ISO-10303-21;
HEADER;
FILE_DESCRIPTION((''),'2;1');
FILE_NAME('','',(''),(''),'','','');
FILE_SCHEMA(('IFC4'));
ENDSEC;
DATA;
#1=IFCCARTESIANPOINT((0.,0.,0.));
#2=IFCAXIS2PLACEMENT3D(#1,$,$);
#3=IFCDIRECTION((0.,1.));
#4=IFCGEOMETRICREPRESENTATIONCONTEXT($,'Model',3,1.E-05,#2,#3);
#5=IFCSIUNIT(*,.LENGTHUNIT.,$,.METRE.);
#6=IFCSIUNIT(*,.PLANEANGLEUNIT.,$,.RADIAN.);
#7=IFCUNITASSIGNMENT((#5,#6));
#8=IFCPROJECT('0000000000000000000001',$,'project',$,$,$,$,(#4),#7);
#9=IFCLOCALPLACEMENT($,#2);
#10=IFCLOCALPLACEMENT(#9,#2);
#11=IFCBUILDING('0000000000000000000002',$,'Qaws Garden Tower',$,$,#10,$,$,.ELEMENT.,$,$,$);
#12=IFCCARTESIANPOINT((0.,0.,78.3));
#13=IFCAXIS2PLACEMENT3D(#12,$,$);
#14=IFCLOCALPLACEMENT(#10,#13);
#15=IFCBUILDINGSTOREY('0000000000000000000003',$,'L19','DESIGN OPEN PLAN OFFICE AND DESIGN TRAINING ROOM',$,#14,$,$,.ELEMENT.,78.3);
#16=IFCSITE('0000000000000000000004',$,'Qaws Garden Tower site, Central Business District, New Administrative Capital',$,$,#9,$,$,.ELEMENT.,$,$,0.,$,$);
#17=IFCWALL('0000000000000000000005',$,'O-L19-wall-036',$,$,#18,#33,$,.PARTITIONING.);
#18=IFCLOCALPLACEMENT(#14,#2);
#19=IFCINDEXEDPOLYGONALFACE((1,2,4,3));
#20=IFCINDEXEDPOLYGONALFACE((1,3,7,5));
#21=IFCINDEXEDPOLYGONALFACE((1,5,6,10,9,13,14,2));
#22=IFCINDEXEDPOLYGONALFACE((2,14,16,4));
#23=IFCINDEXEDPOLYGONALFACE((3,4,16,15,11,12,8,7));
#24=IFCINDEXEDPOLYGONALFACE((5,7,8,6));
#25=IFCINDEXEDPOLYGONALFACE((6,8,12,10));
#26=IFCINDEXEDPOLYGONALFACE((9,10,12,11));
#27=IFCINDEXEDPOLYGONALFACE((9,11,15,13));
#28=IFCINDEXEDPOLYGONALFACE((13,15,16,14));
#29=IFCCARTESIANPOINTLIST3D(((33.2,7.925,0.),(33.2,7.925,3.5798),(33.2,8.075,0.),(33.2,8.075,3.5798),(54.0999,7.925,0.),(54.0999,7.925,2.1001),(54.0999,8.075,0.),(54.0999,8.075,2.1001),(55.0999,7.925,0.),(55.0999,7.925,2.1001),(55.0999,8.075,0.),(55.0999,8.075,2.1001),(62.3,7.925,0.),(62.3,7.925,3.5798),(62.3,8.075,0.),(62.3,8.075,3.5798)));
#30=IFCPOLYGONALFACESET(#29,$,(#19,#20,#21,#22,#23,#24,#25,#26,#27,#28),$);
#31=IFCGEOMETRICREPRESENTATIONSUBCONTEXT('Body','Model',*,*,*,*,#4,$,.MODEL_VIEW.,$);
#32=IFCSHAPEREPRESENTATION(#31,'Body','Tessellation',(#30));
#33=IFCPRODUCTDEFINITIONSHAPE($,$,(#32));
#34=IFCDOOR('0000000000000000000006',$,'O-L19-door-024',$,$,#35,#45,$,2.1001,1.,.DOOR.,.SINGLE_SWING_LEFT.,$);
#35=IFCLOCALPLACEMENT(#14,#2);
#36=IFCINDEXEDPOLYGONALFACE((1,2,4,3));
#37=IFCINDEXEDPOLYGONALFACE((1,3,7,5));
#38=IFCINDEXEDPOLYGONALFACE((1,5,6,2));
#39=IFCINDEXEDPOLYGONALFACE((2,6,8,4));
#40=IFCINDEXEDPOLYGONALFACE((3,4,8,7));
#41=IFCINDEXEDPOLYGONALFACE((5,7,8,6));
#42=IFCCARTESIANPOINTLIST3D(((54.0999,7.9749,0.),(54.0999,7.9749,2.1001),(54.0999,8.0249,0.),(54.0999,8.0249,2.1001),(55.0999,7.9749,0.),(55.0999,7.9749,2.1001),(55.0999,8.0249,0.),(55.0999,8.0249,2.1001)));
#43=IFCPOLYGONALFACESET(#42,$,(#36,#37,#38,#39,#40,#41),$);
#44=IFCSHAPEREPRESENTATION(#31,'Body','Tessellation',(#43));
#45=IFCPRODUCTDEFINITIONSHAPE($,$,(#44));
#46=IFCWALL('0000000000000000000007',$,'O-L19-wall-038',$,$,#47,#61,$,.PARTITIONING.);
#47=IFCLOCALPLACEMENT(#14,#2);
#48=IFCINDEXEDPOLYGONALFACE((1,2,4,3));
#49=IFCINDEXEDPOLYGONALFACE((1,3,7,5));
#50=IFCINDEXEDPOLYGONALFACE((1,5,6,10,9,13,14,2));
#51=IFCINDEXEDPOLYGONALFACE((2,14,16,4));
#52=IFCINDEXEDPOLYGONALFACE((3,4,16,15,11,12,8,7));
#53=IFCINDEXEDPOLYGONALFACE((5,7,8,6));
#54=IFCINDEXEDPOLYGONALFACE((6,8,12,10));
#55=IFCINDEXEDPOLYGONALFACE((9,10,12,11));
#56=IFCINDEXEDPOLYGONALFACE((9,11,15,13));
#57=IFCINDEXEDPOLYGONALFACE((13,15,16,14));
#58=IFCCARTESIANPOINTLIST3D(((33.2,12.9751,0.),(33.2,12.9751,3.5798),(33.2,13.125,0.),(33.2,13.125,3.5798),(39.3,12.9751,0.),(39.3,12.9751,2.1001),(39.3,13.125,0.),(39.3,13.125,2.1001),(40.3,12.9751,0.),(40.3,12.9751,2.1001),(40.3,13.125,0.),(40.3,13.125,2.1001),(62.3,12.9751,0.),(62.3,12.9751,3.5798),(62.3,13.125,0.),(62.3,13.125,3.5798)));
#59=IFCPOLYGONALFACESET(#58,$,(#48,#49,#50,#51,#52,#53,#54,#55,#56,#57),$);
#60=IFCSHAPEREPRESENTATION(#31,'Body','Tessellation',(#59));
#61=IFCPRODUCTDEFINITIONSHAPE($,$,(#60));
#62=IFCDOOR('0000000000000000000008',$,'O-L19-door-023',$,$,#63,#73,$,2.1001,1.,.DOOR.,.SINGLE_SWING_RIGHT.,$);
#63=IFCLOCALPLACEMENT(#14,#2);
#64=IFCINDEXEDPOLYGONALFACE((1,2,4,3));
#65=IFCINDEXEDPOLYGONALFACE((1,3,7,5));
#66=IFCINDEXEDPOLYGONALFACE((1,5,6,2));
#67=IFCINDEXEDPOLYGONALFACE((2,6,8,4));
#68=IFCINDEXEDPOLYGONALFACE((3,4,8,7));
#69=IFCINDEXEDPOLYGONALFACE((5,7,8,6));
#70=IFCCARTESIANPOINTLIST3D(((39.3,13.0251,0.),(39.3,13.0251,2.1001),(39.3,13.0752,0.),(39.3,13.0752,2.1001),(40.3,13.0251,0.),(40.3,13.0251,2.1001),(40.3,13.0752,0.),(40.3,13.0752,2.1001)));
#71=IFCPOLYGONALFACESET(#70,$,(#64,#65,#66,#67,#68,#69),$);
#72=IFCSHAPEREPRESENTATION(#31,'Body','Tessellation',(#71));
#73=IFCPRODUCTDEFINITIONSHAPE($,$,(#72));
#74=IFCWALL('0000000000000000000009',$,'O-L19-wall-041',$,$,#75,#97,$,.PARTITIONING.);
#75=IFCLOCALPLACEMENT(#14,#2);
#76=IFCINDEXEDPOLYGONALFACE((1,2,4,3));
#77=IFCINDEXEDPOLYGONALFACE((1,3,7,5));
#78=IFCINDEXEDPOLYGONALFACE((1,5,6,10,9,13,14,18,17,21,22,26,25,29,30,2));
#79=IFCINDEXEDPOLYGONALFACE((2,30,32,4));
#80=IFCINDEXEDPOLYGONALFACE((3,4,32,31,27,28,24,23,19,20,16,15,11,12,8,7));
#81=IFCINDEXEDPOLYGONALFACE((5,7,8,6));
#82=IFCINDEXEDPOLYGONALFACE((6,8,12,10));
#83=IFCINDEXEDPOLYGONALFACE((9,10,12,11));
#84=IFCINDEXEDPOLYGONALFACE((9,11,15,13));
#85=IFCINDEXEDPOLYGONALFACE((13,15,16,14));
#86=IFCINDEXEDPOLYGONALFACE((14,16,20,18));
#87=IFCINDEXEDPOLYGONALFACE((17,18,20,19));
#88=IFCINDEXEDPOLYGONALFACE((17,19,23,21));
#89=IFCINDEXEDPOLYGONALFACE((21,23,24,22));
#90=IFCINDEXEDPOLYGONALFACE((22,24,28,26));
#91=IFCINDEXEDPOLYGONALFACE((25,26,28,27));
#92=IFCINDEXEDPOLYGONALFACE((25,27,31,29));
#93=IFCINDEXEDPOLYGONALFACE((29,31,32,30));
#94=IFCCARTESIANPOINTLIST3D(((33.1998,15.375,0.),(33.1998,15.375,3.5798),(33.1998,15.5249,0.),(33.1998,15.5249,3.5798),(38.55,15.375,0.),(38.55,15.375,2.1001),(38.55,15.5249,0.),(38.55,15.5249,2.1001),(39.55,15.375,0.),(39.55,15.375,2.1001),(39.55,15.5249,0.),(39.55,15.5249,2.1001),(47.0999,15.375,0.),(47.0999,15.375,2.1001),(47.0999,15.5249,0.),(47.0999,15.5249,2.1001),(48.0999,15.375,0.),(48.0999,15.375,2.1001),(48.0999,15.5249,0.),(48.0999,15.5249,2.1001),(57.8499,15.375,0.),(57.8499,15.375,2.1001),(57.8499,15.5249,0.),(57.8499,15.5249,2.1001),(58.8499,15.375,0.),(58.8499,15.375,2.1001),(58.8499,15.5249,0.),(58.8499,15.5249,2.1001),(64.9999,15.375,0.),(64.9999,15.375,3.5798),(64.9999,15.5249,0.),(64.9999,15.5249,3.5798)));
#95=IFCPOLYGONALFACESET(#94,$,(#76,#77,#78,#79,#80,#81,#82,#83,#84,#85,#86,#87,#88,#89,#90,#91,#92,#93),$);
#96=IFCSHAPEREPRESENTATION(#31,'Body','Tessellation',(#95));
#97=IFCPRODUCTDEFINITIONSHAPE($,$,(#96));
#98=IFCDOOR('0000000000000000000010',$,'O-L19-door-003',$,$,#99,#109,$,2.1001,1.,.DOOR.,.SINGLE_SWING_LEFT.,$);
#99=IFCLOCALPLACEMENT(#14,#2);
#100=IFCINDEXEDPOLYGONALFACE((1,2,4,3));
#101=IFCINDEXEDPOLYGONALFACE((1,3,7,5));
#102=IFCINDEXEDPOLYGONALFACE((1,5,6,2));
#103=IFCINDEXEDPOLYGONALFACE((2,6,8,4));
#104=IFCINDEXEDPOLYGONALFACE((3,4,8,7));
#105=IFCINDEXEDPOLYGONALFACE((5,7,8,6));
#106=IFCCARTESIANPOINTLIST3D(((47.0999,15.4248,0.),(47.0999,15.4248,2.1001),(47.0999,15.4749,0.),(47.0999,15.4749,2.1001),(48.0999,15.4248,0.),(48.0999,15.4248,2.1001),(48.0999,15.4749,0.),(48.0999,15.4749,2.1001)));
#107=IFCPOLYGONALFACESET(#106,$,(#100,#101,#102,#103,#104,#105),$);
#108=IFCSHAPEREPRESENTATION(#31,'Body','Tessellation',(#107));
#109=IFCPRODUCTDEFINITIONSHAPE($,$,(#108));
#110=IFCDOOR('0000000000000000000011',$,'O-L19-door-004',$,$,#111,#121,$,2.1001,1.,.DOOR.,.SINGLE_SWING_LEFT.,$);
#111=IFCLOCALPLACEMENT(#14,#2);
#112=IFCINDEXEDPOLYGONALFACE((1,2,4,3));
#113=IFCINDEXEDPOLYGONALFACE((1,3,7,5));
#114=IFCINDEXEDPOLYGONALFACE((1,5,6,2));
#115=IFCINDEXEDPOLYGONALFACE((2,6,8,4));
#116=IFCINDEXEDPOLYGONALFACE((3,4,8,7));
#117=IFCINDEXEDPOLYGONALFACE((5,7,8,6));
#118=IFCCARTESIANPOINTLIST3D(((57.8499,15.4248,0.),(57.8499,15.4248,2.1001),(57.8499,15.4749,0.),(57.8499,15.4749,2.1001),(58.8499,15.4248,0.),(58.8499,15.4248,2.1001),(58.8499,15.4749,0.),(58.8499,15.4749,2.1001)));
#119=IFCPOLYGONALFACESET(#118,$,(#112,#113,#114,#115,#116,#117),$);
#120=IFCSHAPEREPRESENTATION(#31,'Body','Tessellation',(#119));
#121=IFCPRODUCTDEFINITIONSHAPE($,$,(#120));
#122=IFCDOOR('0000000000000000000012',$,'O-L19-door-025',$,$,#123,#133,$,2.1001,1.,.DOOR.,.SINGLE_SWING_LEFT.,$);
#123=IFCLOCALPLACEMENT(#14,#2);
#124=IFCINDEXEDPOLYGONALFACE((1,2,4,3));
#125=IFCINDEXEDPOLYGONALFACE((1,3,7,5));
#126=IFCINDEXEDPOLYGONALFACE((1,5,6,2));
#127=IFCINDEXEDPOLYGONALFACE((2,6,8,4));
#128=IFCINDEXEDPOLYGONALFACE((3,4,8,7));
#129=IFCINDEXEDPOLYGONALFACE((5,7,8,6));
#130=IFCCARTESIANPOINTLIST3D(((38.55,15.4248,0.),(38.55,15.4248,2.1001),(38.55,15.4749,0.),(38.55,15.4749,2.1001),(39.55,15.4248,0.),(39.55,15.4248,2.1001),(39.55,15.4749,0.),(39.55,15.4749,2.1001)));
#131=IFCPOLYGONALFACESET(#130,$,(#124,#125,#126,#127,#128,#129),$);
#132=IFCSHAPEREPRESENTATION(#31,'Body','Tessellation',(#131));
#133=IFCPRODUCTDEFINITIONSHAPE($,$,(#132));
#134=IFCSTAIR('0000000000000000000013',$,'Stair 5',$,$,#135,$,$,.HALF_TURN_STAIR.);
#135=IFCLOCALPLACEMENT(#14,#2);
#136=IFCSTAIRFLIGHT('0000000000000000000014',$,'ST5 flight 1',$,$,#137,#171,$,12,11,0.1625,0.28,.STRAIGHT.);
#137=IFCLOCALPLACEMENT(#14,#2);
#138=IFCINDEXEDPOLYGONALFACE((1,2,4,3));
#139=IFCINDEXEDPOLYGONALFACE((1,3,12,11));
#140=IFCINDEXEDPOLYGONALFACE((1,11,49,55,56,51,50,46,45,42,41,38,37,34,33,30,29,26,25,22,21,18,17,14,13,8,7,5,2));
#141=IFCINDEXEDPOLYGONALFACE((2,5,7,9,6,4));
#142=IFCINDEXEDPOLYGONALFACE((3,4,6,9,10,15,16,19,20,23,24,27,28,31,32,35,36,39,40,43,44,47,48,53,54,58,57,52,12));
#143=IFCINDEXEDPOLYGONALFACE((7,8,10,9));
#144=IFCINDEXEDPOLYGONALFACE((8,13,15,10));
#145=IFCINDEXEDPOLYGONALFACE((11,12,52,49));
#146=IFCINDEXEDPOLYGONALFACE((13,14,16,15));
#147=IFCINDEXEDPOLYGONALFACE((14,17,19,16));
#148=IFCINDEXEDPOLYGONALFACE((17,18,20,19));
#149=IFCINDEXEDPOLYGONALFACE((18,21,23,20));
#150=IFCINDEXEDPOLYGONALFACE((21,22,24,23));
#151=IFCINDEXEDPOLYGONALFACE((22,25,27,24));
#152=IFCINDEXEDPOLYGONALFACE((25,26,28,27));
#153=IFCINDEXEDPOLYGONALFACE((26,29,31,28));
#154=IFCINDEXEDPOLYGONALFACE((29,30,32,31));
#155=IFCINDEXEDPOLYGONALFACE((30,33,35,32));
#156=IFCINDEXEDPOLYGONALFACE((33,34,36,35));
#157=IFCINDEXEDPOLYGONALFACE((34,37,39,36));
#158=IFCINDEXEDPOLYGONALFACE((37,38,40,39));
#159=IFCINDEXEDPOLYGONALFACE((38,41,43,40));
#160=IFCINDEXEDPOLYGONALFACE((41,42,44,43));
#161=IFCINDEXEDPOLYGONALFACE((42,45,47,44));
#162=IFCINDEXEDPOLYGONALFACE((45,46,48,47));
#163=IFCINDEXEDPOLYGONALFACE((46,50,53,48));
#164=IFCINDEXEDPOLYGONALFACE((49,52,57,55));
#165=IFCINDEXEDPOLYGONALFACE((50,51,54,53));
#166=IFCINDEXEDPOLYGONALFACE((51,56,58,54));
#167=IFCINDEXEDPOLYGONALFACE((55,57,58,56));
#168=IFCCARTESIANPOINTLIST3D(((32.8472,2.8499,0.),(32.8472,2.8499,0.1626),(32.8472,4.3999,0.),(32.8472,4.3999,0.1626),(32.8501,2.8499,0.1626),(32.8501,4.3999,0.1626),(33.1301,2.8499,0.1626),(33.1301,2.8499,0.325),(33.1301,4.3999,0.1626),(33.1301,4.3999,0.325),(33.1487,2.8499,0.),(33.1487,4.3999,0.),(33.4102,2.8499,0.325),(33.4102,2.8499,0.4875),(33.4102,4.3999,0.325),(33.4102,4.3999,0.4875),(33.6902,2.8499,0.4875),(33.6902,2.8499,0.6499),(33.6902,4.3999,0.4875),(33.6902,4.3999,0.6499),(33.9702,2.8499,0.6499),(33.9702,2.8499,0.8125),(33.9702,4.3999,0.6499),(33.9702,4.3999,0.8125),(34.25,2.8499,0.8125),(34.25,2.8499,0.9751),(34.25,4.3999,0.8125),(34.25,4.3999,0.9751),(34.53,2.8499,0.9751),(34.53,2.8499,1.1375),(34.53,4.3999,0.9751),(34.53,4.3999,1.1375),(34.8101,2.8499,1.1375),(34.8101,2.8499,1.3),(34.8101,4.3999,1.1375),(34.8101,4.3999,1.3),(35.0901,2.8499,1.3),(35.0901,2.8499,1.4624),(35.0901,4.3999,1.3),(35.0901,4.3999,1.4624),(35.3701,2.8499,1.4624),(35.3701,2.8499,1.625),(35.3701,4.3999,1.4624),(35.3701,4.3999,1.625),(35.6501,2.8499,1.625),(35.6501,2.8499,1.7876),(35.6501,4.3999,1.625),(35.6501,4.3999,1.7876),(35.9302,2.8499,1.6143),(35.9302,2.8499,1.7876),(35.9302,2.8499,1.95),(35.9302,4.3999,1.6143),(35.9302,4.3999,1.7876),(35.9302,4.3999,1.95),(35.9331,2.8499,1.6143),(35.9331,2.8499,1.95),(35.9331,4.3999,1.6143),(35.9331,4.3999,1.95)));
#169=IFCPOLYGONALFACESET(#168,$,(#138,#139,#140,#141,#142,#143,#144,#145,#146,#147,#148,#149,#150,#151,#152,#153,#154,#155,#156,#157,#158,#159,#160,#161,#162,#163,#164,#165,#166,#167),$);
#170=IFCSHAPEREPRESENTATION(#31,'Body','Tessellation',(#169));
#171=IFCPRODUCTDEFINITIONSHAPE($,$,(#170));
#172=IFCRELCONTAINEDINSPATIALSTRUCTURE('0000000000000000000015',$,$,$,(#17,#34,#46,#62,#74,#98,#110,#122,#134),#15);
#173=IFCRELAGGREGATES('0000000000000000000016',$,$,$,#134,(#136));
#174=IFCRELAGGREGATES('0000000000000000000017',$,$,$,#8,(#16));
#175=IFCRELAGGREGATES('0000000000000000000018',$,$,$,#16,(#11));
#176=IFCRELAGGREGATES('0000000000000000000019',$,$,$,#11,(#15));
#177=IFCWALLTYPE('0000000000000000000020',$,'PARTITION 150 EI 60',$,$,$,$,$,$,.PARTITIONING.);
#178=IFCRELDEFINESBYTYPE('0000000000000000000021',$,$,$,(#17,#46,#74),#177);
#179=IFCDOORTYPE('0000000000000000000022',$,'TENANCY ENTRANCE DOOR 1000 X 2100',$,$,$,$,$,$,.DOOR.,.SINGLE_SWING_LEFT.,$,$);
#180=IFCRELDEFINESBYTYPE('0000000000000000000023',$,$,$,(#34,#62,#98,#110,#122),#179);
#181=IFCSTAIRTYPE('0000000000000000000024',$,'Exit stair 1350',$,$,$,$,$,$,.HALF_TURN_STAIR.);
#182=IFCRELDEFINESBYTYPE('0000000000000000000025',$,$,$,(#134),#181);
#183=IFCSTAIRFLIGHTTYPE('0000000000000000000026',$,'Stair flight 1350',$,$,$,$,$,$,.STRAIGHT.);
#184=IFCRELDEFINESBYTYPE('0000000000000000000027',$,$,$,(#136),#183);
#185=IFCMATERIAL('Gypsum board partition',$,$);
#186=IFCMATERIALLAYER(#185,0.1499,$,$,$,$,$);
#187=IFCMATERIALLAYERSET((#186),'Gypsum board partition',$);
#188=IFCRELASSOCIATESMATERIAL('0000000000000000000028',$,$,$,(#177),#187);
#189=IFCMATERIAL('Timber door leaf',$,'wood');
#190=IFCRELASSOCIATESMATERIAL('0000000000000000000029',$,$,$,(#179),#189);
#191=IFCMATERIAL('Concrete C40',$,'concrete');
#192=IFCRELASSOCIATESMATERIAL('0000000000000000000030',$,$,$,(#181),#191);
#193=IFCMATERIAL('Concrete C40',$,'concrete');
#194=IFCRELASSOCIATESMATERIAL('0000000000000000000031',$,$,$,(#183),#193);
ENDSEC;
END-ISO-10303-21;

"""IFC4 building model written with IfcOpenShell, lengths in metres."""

from ifc_helpers import new_model, si_unit, direction, frame, frame_2d, origin, place, context, subcontext, project, spatial, polyline, rectangle, outline, extrude, material, layer, layer_set, type_object, element, fill, aggregate, save


model = new_model("IFC4")

# Units and contexts
model_context = context("Model", 3, precision=1e-05, world=origin(), true_north=direction((0.0, 1.0)))
body_context = subcontext(model_context, "Body", "Model", "MODEL_VIEW")
ifc_project = project(units=[si_unit("LENGTHUNIT", "METRE"), si_unit("PLANEANGLEUNIT", "RADIAN")], contexts=[model_context])

# Site, building, storey
site_placement = place(None, origin())
site = spatial("IfcSite", under=ifc_project, at=site_placement, Name="Qaws Garden Tower site, Central Business District, New Administrative Capital", CompositionType="ELEMENT", RefElevation=0.0)
building_placement = place(site_placement, origin())
building = spatial("IfcBuilding", under=site, at=building_placement, Name="Qaws Garden Tower", CompositionType="ELEMENT")
storey_placement = place(building_placement, frame((0.0, 0.0, 78.3)))
storey = spatial("IfcBuildingStorey", under=building, at=storey_placement, Name="L19", Description="DESIGN OPEN PLAN OFFICE AND DESIGN TRAINING ROOM", CompositionType="ELEMENT", Elevation=78.3)

# Shared definitions
ifc_material_1 = material(Name="Gypsum board partition")
ifc_layer_1 = layer(ifc_material_1, 0.1499)
ifc_layer_set_1 = layer_set([ifc_layer_1], Name="Gypsum board partition")
wall_type_1 = type_object("IfcWallType", Name="PARTITION 150 EI 60", PredefinedType="PARTITIONING", material=ifc_layer_set_1)

# Shared definitions
ifc_material_2 = material(Name="Timber door leaf", Category="wood")
door_type_1 = type_object("IfcDoorType", Name="TENANCY ENTRANCE DOOR 1000 X 2100", OperationType="SINGLE_SWING_LEFT", PredefinedType="DOOR", material=ifc_material_2)

# Walls, openings, doors
wall_1_placement = place(storey_placement, frame((33.2, 8.0, 0.0), z_axis=(0.0, 0.0, 1.0), x_axis=(1.0, 0.0, 0.0)))
wall_1 = element("IfcWall", 1, at=wall_1_placement, inside=storey, type_object=wall_type_1, Name="O-L19-wall-036", PredefinedType="PARTITIONING", context=body_context, shape_type="SweptSolid", body=[
    extrude(rectangle(XDim=29.1001, YDim=0.1499, at=frame_2d((14.55, 0.0))), origin(), (0.0, 0.0, 1.0), 3.5798),
])
opening_1_placement = place(wall_1_placement, frame((20.8999, 0.0, 0.0)))
opening_1 = element("IfcOpeningElement", 2, at=opening_1_placement, cuts=wall_1, PredefinedType="OPENING", context=body_context, shape_type="SweptSolid", body=[
    extrude(rectangle(XDim=1.0, YDim=2.1001, at=frame_2d((0.5, 1.05))), frame((0.0, 0.085, 0.0), z_axis=(0.0, -1.0, 0.0), x_axis=(1.0, 0.0, 0.0)), (0.0, 0.0, 1.0), 0.1699),
])
door_1_placement = place(opening_1_placement, origin())
door_1 = element("IfcDoor", 3, at=door_1_placement, inside=storey, type_object=door_type_1, Name="O-L19-door-024", OperationType="SINGLE_SWING_LEFT", OverallHeight=2.1001, OverallWidth=1.0, PredefinedType="DOOR", context=body_context, shape_type="SweptSolid", body=[
    extrude(rectangle(XDim=1.0, YDim=2.1001, at=frame_2d((0.5, 1.05))), frame((0.0, 0.0249, 0.0), z_axis=(0.0, -1.0, 0.0), x_axis=(1.0, 0.0, 0.0)), (0.0, 0.0, 1.0), 0.05),
])
fill(opening_1, door_1)
wall_2_placement = place(storey_placement, frame((33.2, 13.05, 0.0), z_axis=(0.0, 0.0, 1.0), x_axis=(1.0, 0.0, 0.0)))
wall_2 = element("IfcWall", 4, at=wall_2_placement, inside=storey, type_object=wall_type_1, Name="O-L19-wall-038", PredefinedType="PARTITIONING", context=body_context, shape_type="SweptSolid", body=[
    extrude(rectangle(XDim=29.1001, YDim=0.1499, at=frame_2d((14.55, 0.0))), origin(), (0.0, 0.0, 1.0), 3.5798),
])
opening_2_placement = place(wall_2_placement, frame((6.1001, 0.0, 0.0)))
opening_2 = element("IfcOpeningElement", 5, at=opening_2_placement, cuts=wall_2, PredefinedType="OPENING", context=body_context, shape_type="SweptSolid", body=[
    extrude(rectangle(XDim=1.0, YDim=2.1001, at=frame_2d((0.5, 1.05))), frame((0.0, 0.085, 0.0), z_axis=(0.0, -1.0, 0.0), x_axis=(1.0, 0.0, 0.0)), (0.0, 0.0, 1.0), 0.1699),
])
door_2_placement = place(opening_2_placement, frame((1.0, 0.0, 0.0), z_axis=(0.0, 0.0, 1.0), x_axis=(-1.0, 0.0, 0.0)))
door_2 = element("IfcDoor", 6, at=door_2_placement, inside=storey, type_object=door_type_1, Name="O-L19-door-023", OperationType="SINGLE_SWING_RIGHT", OverallHeight=2.1001, OverallWidth=1.0, PredefinedType="DOOR", context=body_context, shape_type="SweptSolid", body=[
    extrude(rectangle(XDim=1.0, YDim=2.1001, at=frame_2d((0.5, 1.05))), frame((0.0, 0.0249, 0.0), z_axis=(0.0, -1.0, 0.0), x_axis=(1.0, 0.0, 0.0)), (0.0, 0.0, 1.0), 0.05),
])
fill(opening_2, door_2)

# Wall, openings, doors
wall_3_placement = place(storey_placement, frame((33.2, 15.45, 0.0), z_axis=(0.0, 0.0, 1.0), x_axis=(1.0, 0.0, 0.0)))
wall_3 = element("IfcWall", 7, at=wall_3_placement, inside=storey, type_object=wall_type_1, Name="O-L19-wall-041", PredefinedType="PARTITIONING", context=body_context, shape_type="SweptSolid", body=[
    extrude(rectangle(XDim=31.8, YDim=0.1499, at=frame_2d((15.8999, 0.0))), origin(), (0.0, 0.0, 1.0), 3.5798),
])
opening_3_placement = place(wall_3_placement, frame((13.8999, 0.0, 0.0)))
opening_3 = element("IfcOpeningElement", 8, at=opening_3_placement, cuts=wall_3, PredefinedType="OPENING", context=body_context, shape_type="SweptSolid", body=[
    extrude(rectangle(XDim=1.0, YDim=2.1001, at=frame_2d((0.5, 1.05))), frame((0.0, 0.085, 0.0), z_axis=(0.0, -1.0, 0.0), x_axis=(1.0, 0.0, 0.0)), (0.0, 0.0, 1.0), 0.1699),
])
opening_4_placement = place(wall_3_placement, frame((24.6499, 0.0, 0.0)))
opening_4 = element("IfcOpeningElement", 9, at=opening_4_placement, cuts=wall_3, PredefinedType="OPENING", context=body_context, shape_type="SweptSolid", body=[
    extrude(rectangle(XDim=1.0, YDim=2.1001, at=frame_2d((0.5, 1.05))), frame((0.0, 0.085, 0.0), z_axis=(0.0, -1.0, 0.0), x_axis=(1.0, 0.0, 0.0)), (0.0, 0.0, 1.0), 0.1699),
])
opening_5_placement = place(wall_3_placement, frame((5.3501, 0.0, 0.0)))
opening_5 = element("IfcOpeningElement", 10, at=opening_5_placement, cuts=wall_3, PredefinedType="OPENING", context=body_context, shape_type="SweptSolid", body=[
    extrude(rectangle(XDim=1.0, YDim=2.1001, at=frame_2d((0.5, 1.05))), frame((0.0, 0.085, 0.0), z_axis=(0.0, -1.0, 0.0), x_axis=(1.0, 0.0, 0.0)), (0.0, 0.0, 1.0), 0.1699),
])
door_3_placement = place(opening_3_placement, origin())
door_3 = element("IfcDoor", 11, at=door_3_placement, inside=storey, type_object=door_type_1, Name="O-L19-door-003", OperationType="SINGLE_SWING_LEFT", OverallHeight=2.1001, OverallWidth=1.0, PredefinedType="DOOR", context=body_context, shape_type="SweptSolid", body=[
    extrude(rectangle(XDim=1.0, YDim=2.1001, at=frame_2d((0.5, 1.05))), frame((0.0, 0.0249, 0.0), z_axis=(0.0, -1.0, 0.0), x_axis=(1.0, 0.0, 0.0)), (0.0, 0.0, 1.0), 0.05),
])
fill(opening_3, door_3)
door_4_placement = place(opening_4_placement, origin())
door_4 = element("IfcDoor", 12, at=door_4_placement, inside=storey, type_object=door_type_1, Name="O-L19-door-004", OperationType="SINGLE_SWING_LEFT", OverallHeight=2.1001, OverallWidth=1.0, PredefinedType="DOOR", context=body_context, shape_type="SweptSolid", body=[
    extrude(rectangle(XDim=1.0, YDim=2.1001, at=frame_2d((0.5, 1.05))), frame((0.0, 0.0249, 0.0), z_axis=(0.0, -1.0, 0.0), x_axis=(1.0, 0.0, 0.0)), (0.0, 0.0, 1.0), 0.05),
])
fill(opening_4, door_4)
door_5_placement = place(opening_5_placement, origin())
door_5 = element("IfcDoor", 13, at=door_5_placement, inside=storey, type_object=door_type_1, Name="O-L19-door-025", OperationType="SINGLE_SWING_LEFT", OverallHeight=2.1001, OverallWidth=1.0, PredefinedType="DOOR", context=body_context, shape_type="SweptSolid", body=[
    extrude(rectangle(XDim=1.0, YDim=2.1001, at=frame_2d((0.5, 1.05))), frame((0.0, 0.0249, 0.0), z_axis=(0.0, -1.0, 0.0), x_axis=(1.0, 0.0, 0.0)), (0.0, 0.0, 1.0), 0.05),
])
fill(opening_5, door_5)

# Stair, stair flight
ifc_material_3 = material(Name="Concrete C40", Category="concrete")
stair_type = type_object("IfcStairType", Name="Exit stair 1350", PredefinedType="HALF_TURN_STAIR", material=ifc_material_3)
stair_placement = place(storey_placement, origin())
stair = element("IfcStair", 14, at=stair_placement, inside=storey, type_object=stair_type, Name="Stair 5", PredefinedType="HALF_TURN_STAIR")
ifc_material_4 = material(Name="Concrete C40", Category="concrete")
stair_flight_type = type_object("IfcStairFlightType", Name="Stair flight 1350", PredefinedType="STRAIGHT", material=ifc_material_4)
stair_flight_1_placement = place(storey_placement, frame((32.8501, 3.625, 0.0), z_axis=(0.0, 0.0, 1.0), x_axis=(1.0, 0.0, 0.0)))
stair_flight_1 = element("IfcStairFlight", 15, at=stair_flight_1_placement, type_object=stair_flight_type, Name="ST5 flight 1", NumberOfRisers=12, NumberOfTreads=11, PredefinedType="STRAIGHT", RiserHeight=0.1625, TreadLength=0.28, context=body_context, shape_type="SweptSolid", body=[
    extrude(outline(polyline([(-0.0029, 0.0), (-0.0029, 0.1626), (0.0, 0.1626), (0.28, 0.1626), (0.28, 0.325), (0.5601, 0.325), (0.5601, 0.4875), (0.8401, 0.4875), (0.8401, 0.6499), (1.1201, 0.6499), (1.1201, 0.8125), (1.3999, 0.8125), (1.3999, 0.9751), (1.6799, 0.9751), (1.6799, 1.1375), (1.96, 1.1375), (1.96, 1.3), (2.24, 1.3), (2.24, 1.4624), (2.52, 1.4624), (2.52, 1.625), (2.8, 1.625), (2.8, 1.7876), (3.0801, 1.7876), (3.0801, 1.95), (3.083, 1.95), (3.083, 1.6143), (3.0801, 1.6143), (0.2986, 0.0), (-0.0029, 0.0)])), frame((0.0, 0.7749, 0.0), z_axis=(0.0, -1.0, 0.0), x_axis=(1.0, 0.0, 0.0)), (0.0, 0.0, 1.0), 1.55),
])
aggregate(stair, [stair_flight_1])

save(model, "model.ifc")
